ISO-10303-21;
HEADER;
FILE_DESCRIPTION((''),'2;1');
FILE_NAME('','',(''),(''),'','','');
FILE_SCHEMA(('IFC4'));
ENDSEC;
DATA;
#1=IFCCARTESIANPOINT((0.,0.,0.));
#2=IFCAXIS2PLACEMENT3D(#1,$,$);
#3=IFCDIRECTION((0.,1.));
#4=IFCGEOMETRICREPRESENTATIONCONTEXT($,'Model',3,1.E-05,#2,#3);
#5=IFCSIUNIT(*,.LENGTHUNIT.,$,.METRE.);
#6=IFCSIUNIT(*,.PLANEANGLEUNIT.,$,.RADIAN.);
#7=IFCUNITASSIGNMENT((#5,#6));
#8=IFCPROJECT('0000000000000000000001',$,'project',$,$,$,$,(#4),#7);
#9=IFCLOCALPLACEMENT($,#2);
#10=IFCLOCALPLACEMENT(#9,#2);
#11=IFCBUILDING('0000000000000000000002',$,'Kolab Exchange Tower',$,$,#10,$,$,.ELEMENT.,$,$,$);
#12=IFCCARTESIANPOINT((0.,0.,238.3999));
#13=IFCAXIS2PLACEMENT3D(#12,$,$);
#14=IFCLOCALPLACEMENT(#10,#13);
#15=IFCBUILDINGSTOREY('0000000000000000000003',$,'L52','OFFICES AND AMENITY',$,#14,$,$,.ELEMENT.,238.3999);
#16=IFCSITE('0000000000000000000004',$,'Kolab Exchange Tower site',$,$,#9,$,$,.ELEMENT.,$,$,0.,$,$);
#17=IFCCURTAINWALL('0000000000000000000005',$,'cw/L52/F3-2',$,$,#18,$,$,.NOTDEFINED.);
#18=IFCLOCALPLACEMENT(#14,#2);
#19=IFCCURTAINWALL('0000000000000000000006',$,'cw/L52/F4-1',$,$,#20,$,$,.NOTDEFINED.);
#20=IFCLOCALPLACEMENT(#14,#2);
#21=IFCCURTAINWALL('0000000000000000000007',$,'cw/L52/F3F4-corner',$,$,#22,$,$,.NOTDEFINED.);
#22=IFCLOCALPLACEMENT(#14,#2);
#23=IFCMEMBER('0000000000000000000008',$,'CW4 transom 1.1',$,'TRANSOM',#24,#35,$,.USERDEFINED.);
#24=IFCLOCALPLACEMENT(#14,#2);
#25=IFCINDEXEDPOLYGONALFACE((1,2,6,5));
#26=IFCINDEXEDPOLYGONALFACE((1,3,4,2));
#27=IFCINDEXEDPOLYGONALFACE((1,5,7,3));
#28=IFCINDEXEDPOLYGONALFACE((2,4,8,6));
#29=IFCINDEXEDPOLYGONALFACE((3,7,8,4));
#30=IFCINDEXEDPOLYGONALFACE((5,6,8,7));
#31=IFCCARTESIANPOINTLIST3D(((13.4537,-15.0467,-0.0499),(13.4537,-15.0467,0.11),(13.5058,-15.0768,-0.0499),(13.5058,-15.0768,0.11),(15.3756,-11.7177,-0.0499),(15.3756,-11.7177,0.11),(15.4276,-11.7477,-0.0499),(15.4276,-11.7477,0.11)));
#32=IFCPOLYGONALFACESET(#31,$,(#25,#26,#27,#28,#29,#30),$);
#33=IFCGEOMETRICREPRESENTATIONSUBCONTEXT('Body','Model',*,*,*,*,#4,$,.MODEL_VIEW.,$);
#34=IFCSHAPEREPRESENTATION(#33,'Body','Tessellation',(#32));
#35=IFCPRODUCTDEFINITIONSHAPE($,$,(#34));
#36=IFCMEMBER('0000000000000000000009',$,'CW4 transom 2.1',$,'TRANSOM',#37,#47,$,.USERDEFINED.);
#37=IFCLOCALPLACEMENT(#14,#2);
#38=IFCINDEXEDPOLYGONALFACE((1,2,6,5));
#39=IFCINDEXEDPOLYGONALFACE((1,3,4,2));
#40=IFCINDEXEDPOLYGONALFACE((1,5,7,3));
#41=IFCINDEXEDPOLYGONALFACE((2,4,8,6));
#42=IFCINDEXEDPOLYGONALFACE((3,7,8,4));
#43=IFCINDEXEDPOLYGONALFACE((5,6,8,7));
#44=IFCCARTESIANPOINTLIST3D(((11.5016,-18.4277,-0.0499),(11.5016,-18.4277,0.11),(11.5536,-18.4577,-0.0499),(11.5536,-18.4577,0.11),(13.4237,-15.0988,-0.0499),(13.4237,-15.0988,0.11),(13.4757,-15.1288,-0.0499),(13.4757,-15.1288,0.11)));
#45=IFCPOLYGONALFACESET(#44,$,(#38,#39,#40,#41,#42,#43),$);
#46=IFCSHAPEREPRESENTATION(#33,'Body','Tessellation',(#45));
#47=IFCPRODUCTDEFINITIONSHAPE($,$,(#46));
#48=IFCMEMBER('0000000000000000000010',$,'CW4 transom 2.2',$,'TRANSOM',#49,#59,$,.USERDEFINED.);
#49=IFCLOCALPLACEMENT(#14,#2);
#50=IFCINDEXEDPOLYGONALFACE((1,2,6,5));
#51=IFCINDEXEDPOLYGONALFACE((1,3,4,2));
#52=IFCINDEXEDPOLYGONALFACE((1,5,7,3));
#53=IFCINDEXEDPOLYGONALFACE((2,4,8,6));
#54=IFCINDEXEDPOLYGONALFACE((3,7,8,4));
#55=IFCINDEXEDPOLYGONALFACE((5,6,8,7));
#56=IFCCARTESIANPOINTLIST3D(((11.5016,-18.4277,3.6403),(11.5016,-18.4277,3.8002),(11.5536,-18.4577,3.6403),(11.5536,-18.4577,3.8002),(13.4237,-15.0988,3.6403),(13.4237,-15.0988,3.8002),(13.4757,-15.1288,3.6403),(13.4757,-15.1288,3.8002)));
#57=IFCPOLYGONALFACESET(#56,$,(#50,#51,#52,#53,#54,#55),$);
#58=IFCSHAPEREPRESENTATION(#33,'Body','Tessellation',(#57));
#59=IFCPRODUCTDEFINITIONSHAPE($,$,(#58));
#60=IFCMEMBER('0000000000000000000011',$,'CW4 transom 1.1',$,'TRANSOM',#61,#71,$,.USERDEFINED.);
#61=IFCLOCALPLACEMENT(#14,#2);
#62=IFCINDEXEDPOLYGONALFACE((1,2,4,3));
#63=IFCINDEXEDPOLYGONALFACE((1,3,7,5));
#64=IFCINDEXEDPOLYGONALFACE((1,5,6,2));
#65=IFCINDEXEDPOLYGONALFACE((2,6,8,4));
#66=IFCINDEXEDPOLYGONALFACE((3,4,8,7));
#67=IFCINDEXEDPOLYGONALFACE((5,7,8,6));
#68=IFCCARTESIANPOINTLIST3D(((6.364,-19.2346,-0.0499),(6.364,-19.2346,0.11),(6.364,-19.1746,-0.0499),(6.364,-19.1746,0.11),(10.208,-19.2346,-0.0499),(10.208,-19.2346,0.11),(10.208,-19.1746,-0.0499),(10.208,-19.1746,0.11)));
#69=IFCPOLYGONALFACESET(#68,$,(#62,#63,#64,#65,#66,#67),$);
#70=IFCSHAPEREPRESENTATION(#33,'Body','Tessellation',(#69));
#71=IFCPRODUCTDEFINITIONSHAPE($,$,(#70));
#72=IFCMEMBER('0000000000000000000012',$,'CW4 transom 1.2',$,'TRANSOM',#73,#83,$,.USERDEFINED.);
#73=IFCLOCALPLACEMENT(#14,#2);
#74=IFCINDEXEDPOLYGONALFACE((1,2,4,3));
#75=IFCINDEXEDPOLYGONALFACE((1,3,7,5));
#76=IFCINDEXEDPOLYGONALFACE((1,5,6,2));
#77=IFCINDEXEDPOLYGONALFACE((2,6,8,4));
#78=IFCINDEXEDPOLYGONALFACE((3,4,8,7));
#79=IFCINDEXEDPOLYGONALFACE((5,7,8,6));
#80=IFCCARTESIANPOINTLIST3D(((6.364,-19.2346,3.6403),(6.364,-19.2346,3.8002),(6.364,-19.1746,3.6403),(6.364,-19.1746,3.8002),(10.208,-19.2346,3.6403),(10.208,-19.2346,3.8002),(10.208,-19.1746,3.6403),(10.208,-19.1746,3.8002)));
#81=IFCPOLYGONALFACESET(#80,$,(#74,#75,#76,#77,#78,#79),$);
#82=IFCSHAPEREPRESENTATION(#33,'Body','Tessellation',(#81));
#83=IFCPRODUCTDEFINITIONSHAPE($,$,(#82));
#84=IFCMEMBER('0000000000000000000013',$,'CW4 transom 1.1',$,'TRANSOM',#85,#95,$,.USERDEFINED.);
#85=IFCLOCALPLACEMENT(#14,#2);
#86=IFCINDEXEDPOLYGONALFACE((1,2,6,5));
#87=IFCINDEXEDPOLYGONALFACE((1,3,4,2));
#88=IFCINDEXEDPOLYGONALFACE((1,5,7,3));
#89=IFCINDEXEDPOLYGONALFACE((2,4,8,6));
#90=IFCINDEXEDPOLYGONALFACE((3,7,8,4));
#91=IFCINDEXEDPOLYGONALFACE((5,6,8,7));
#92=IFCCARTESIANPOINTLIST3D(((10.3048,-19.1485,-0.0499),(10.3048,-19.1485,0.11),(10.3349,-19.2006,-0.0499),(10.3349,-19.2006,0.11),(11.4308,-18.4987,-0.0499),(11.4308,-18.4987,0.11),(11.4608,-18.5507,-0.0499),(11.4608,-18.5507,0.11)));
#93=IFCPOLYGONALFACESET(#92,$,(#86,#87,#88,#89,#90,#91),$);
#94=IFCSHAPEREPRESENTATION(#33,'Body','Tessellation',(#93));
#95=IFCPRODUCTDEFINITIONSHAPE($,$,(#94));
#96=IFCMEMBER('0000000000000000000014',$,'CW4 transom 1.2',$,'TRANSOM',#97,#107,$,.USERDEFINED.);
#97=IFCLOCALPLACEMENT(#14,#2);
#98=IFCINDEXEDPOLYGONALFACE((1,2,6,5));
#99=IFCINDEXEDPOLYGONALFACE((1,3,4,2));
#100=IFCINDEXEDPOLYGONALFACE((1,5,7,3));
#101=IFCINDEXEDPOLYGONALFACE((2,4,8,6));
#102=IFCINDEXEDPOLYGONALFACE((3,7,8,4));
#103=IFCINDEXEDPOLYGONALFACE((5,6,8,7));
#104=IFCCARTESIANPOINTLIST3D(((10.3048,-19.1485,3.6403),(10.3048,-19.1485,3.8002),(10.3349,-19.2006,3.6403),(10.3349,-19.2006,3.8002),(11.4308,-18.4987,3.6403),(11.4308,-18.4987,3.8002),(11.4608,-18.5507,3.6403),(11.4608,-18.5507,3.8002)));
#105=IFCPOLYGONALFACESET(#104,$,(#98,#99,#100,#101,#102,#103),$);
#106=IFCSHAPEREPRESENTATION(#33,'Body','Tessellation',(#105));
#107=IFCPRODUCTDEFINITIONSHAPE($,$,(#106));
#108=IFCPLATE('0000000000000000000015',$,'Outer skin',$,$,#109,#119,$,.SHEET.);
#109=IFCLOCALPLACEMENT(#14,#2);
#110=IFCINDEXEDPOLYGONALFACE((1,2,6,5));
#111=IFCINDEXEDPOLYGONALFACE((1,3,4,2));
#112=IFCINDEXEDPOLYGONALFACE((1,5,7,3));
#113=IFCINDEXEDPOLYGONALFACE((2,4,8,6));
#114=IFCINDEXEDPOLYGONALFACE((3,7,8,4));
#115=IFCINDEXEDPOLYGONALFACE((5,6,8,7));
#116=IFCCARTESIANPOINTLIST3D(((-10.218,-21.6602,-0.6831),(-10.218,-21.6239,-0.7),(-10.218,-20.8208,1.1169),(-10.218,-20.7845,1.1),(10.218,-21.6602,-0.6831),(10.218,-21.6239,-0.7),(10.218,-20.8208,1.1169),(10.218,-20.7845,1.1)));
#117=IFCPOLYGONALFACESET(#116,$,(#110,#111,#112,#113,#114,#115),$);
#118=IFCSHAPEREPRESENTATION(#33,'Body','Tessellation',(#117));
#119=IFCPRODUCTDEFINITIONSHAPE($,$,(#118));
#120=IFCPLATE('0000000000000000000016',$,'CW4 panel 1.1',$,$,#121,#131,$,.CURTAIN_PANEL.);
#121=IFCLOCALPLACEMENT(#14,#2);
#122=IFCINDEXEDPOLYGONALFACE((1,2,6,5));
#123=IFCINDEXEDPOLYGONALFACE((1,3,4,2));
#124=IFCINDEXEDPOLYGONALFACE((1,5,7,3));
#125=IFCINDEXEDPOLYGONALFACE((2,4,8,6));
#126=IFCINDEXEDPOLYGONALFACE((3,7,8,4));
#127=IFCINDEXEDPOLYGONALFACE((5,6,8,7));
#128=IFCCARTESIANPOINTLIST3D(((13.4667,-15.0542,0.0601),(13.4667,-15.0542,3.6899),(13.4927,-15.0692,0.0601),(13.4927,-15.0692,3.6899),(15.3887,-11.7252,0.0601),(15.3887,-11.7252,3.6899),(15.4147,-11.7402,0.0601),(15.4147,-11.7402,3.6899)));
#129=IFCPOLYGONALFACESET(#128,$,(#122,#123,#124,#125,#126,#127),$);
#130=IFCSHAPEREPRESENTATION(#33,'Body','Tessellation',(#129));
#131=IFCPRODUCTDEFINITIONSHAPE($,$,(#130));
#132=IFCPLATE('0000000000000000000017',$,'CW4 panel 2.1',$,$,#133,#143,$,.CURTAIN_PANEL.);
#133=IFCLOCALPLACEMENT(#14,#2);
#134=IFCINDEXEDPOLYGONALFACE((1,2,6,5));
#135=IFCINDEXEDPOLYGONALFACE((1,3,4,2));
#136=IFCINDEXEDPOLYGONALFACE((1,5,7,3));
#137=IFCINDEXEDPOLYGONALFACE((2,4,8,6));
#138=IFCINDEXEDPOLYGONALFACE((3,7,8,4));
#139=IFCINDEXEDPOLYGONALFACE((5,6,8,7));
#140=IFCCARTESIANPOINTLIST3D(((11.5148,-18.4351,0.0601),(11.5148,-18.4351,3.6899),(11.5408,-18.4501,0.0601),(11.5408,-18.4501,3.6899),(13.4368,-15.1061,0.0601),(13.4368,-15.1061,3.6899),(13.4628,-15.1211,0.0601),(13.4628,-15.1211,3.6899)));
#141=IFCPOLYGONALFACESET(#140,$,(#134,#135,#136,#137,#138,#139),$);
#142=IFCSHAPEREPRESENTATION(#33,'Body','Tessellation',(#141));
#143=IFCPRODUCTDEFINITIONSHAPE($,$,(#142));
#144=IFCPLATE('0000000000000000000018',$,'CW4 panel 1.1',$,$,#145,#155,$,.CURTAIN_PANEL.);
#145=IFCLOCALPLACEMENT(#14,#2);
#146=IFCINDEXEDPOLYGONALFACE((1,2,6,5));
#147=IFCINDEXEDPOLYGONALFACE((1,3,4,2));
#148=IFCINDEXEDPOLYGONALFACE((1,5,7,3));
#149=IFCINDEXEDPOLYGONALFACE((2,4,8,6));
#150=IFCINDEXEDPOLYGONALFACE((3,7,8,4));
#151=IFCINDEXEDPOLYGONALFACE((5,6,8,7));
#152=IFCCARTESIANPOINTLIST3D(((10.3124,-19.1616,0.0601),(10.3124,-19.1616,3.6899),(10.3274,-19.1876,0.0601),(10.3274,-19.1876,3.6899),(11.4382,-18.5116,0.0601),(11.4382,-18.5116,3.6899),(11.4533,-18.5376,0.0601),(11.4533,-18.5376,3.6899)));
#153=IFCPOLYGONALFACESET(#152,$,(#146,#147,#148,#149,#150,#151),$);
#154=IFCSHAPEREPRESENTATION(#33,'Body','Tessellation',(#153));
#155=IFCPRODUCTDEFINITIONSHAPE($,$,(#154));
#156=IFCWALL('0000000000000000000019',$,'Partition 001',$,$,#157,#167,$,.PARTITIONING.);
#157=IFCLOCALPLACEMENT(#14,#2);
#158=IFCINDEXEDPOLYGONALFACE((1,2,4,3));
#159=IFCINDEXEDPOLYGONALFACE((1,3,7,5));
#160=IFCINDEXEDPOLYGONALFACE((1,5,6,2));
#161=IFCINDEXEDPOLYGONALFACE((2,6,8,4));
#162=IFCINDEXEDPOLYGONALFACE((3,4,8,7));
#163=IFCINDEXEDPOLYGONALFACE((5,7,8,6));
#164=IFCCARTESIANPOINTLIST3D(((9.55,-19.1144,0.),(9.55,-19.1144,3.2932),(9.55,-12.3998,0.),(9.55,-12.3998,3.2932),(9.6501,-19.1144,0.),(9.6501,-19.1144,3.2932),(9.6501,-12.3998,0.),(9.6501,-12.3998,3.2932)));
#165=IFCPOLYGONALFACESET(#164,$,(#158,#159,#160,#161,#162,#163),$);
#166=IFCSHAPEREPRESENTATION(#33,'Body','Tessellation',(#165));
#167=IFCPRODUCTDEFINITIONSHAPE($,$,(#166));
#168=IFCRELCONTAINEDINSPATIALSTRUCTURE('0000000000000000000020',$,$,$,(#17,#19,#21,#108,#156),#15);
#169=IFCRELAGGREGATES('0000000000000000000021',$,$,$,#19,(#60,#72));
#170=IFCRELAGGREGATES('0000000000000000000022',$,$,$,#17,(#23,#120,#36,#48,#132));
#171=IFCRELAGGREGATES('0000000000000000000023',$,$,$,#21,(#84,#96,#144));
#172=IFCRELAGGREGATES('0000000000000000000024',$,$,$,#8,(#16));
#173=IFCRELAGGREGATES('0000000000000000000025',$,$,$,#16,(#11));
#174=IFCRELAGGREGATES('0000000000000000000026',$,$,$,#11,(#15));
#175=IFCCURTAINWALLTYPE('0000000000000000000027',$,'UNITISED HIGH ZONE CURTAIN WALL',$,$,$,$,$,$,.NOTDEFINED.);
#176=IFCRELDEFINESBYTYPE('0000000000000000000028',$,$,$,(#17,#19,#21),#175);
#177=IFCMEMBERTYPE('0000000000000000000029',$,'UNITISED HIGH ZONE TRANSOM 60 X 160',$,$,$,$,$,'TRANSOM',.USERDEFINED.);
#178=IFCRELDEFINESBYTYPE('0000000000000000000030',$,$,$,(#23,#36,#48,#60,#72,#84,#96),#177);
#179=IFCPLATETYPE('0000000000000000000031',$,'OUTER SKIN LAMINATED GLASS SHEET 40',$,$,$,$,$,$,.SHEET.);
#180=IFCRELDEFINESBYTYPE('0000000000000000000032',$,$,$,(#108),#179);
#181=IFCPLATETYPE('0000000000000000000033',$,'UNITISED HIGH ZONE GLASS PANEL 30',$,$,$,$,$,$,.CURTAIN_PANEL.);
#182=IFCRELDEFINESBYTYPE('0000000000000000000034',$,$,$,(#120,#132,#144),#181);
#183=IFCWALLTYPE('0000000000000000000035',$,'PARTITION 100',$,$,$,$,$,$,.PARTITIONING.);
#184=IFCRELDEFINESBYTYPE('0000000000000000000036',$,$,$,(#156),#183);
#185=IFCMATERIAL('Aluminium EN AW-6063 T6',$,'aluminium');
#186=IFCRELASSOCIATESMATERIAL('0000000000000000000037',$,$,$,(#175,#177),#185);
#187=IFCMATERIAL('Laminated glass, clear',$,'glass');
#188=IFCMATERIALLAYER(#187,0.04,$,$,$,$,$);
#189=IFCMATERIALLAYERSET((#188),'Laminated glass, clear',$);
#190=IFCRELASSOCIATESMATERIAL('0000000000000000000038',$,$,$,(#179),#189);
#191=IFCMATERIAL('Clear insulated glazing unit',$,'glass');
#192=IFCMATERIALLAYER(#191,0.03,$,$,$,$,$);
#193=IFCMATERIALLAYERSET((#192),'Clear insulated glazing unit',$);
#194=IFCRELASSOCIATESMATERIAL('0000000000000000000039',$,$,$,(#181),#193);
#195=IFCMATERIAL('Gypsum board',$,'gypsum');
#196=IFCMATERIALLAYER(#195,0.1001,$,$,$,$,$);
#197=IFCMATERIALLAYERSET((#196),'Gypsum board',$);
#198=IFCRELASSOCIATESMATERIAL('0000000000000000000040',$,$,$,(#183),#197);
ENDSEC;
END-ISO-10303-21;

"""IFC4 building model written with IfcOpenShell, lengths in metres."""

from ifc_helpers import new_model, si_unit, direction, frame, frame_2d, origin, origin_2d, place, context, subcontext, project, spatial, polyline, rectangle, outline, extrude, material, layer, layer_set, material_profile, profile_set, type_object, element, aggregate, save


model = new_model("IFC4")

# Units and contexts
model_context = context("Model", 3, precision=1e-05, world=origin(), true_north=direction((0.0, 1.0)))
body_context = subcontext(model_context, "Body", "Model", "MODEL_VIEW")
ifc_project = project(units=[si_unit("LENGTHUNIT", "METRE"), si_unit("PLANEANGLEUNIT", "RADIAN")], contexts=[model_context])

# Site, building, storey
site_placement = place(None, origin())
site = spatial("IfcSite", under=ifc_project, at=site_placement, Name="Kolab Exchange Tower site", CompositionType="ELEMENT", RefElevation=0.0)
building_placement = place(site_placement, origin())
building = spatial("IfcBuilding", under=site, at=building_placement, Name="Kolab Exchange Tower", CompositionType="ELEMENT")
storey_placement = place(building_placement, frame((0.0, 0.0, 238.3999)))
storey = spatial("IfcBuildingStorey", under=building, at=storey_placement, Name="L52", Description="OFFICES AND AMENITY", CompositionType="ELEMENT", Elevation=238.3999)

# Curtain wall
ifc_material_1 = material(Name="Aluminium EN AW-6063 T6", Category="aluminium")
curtain_wall_type = type_object("IfcCurtainWallType", Name="UNITISED HIGH ZONE CURTAIN WALL", PredefinedType="NOTDEFINED", material=ifc_material_1)
curtain_wall_1_placement = place(storey_placement, origin())
curtain_wall_1 = element("IfcCurtainWall", 1, at=curtain_wall_1_placement, inside=storey, type_object=curtain_wall_type, Name="cw/L52/F3-2", PredefinedType="NOTDEFINED")

# Curtain wall
curtain_wall_2_placement = place(storey_placement, origin())
curtain_wall_2 = element("IfcCurtainWall", 2, at=curtain_wall_2_placement, inside=storey, type_object=curtain_wall_type, Name="cw/L52/F4-1", PredefinedType="NOTDEFINED")

# Curtain wall
curtain_wall_3_placement = place(storey_placement, origin())
curtain_wall_3 = element("IfcCurtainWall", 3, at=curtain_wall_3_placement, inside=storey, type_object=curtain_wall_type, Name="cw/L52/F3F4-corner", PredefinedType="NOTDEFINED")

# Members
ifc_material_profile_1 = material_profile(ifc_material_1, rectangle(XDim=0.0601, YDim=0.1599, at=origin_2d()), Name="RECT 60X160")
ifc_profile_set_1 = profile_set([ifc_material_profile_1], Name="Aluminium EN AW-6063 T6")
member_type_1 = type_object("IfcMemberType", Name="UNITISED HIGH ZONE TRANSOM 60 X 160", ElementType="TRANSOM", PredefinedType="USERDEFINED", material=ifc_profile_set_1)
member_1_placement = place(storey_placement, frame((15.4016, -11.7327, 0.03), z_axis=(-0.499964, -0.866046, 0.0), x_axis=(0.866046, -0.499964, 0.0)))
member_1 = element("IfcMember", 4, at=member_1_placement, type_object=member_type_1, Name="CW4 transom 1.1", ObjectType="TRANSOM", PredefinedType="USERDEFINED", context=body_context, shape_type="SweptSolid", body=[
    extrude(rectangle(XDim=0.0601, YDim=0.1599, at=origin_2d()), origin(), (0.0, 0.0, 1.0), 3.844),
])
member_2_placement = place(storey_placement, frame((13.4497, -15.1138, 0.03), z_axis=(-0.500039, -0.866003, 0.0), x_axis=(0.866003, -0.500039, 0.0)))
member_2 = element("IfcMember", 5, at=member_2_placement, type_object=member_type_1, Name="CW4 transom 2.1", ObjectType="TRANSOM", PredefinedType="USERDEFINED", context=body_context, shape_type="SweptSolid", body=[
    extrude(rectangle(XDim=0.0601, YDim=0.1599, at=origin_2d()), origin(), (0.0, 0.0, 1.0), 3.844),
])
member_3_placement = place(storey_placement, frame((13.4497, -15.1138, 3.7202), z_axis=(-0.500039, -0.866003, 0.0), x_axis=(0.866003, -0.500039, 0.0)))
member_3 = element("IfcMember", 6, at=member_3_placement, type_object=member_type_1, Name="CW4 transom 2.2", ObjectType="TRANSOM", PredefinedType="USERDEFINED", context=body_context, shape_type="SweptSolid", body=[
    extrude(rectangle(XDim=0.0601, YDim=0.1599, at=origin_2d()), origin(), (0.0, 0.0, 1.0), 3.844),
])
member_4_placement = place(storey_placement, frame((10.208, -19.2046, 0.03), z_axis=(-1.0, 0.0, 0.0), x_axis=(0.0, -1.0, 0.0)))
member_4 = element("IfcMember", 7, at=member_4_placement, type_object=member_type_1, Name="CW4 transom 1.1", ObjectType="TRANSOM", PredefinedType="USERDEFINED", context=body_context, shape_type="SweptSolid", body=[
    extrude(rectangle(XDim=0.0601, YDim=0.1599, at=origin_2d()), origin(), (0.0, 0.0, 1.0), 3.844),
])
member_5_placement = place(storey_placement, frame((10.208, -19.2046, 3.7202), z_axis=(-1.0, 0.0, 0.0), x_axis=(0.0, -1.0, 0.0)))
member_5 = element("IfcMember", 8, at=member_5_placement, type_object=member_type_1, Name="CW4 transom 1.2", ObjectType="TRANSOM", PredefinedType="USERDEFINED", context=body_context, shape_type="SweptSolid", body=[
    extrude(rectangle(XDim=0.0601, YDim=0.1599, at=origin_2d()), origin(), (0.0, 0.0, 1.0), 3.844),
])
aggregate(curtain_wall_2, [member_4, member_5])
member_6_placement = place(storey_placement, frame((11.4458, -18.5247, 0.03), z_axis=(-0.866086, -0.499896, 0.0), x_axis=(0.499896, -0.866086, 0.0)))
member_6 = element("IfcMember", 9, at=member_6_placement, type_object=member_type_1, Name="CW4 transom 1.1", ObjectType="TRANSOM", PredefinedType="USERDEFINED", context=body_context, shape_type="SweptSolid", body=[
    extrude(rectangle(XDim=0.0601, YDim=0.1599, at=origin_2d()), origin(), (0.0, 0.0, 1.0), 1.3),
])
member_7_placement = place(storey_placement, frame((11.4458, -18.5247, 3.7202), z_axis=(-0.866086, -0.499896, 0.0), x_axis=(0.499896, -0.866086, 0.0)))
member_7 = element("IfcMember", 10, at=member_7_placement, type_object=member_type_1, Name="CW4 transom 1.2", ObjectType="TRANSOM", PredefinedType="USERDEFINED", context=body_context, shape_type="SweptSolid", body=[
    extrude(rectangle(XDim=0.0601, YDim=0.1599, at=origin_2d()), origin(), (0.0, 0.0, 1.0), 1.3),
])

# Plates
ifc_material_2 = material(Name="Laminated glass, clear", Category="glass")
ifc_layer_1 = layer(ifc_material_2, 0.04)
ifc_layer_set_1 = layer_set([ifc_layer_1], Name="Laminated glass, clear")
plate_type_1 = type_object("IfcPlateType", Name="OUTER SKIN LAMINATED GLASS SHEET 40", PredefinedType="SHEET", material=ifc_layer_set_1)
plate_1_placement = place(storey_placement, frame((10.218, -21.6602, -0.6831), z_axis=(0.0, -0.906312, 0.42261), x_axis=(-1.0, 0.0, 0.0)))
element("IfcPlate", 11, at=plate_1_placement, inside=storey, type_object=plate_type_1, Name="Outer skin", PredefinedType="SHEET", context=body_context, shape_type="SweptSolid", body=[
    extrude(outline(polyline([(0.0, 0.0), (20.436, 0.0), (20.436, -1.9861), (0.0, -1.9861), (0.0, 0.0)])), origin(), (0.0, 0.0, -1.0), 0.04),
])
ifc_material_3 = material(Name="Clear insulated glazing unit", Category="glass")
ifc_layer_2 = layer(ifc_material_3, 0.03)
ifc_layer_set_2 = layer_set([ifc_layer_2], Name="Clear insulated glazing unit")
plate_type_2 = type_object("IfcPlateType", Name="UNITISED HIGH ZONE GLASS PANEL 30", PredefinedType="CURTAIN_PANEL", material=ifc_layer_set_2)
plate_2_placement = place(storey_placement, frame((14.4407, -13.3972, 0.0601), z_axis=(0.0, 0.0, 1.0), x_axis=(-0.5, -0.866025, 0.0)))
plate_2 = element("IfcPlate", 12, at=plate_2_placement, type_object=plate_type_2, Name="CW4 panel 1.1", PredefinedType="CURTAIN_PANEL", context=body_context, shape_type="SweptSolid", body=[
    extrude(rectangle(XDim=3.844, YDim=0.03, at=origin_2d()), origin(), (0.0, 0.0, 1.0), 3.6299),
])
plate_3_placement = place(storey_placement, frame((12.4888, -16.7781, 0.0601), z_axis=(0.0, 0.0, 1.0), x_axis=(-0.5, -0.866025, 0.0)))
plate_3 = element("IfcPlate", 13, at=plate_3_placement, type_object=plate_type_2, Name="CW4 panel 2.1", PredefinedType="CURTAIN_PANEL", context=body_context, shape_type="SweptSolid", body=[
    extrude(rectangle(XDim=3.844, YDim=0.03, at=origin_2d()), origin(), (0.0, 0.0, 1.0), 3.6299),
])
aggregate(curtain_wall_1, [member_1, plate_2, member_2, member_3, plate_3])
plate_4_placement = place(storey_placement, frame((10.8828, -18.8496, 0.0601), z_axis=(0.0, 0.0, 1.0), x_axis=(-0.866025, -0.5, 0.0)))
plate_4 = element("IfcPlate", 14, at=plate_4_placement, type_object=plate_type_2, Name="CW4 panel 1.1", PredefinedType="CURTAIN_PANEL", context=body_context, shape_type="SweptSolid", body=[
    extrude(rectangle(XDim=1.3, YDim=0.03, at=origin_2d()), origin(), (0.0, 0.0, 1.0), 3.6299),
])
aggregate(curtain_wall_3, [member_6, member_7, plate_4])

# Wall
ifc_material_4 = material(Name="Gypsum board", Category="gypsum")
ifc_layer_3 = layer(ifc_material_4, 0.1001)
ifc_layer_set_3 = layer_set([ifc_layer_3], Name="Gypsum board")
wall_type = type_object("IfcWallType", Name="PARTITION 100", PredefinedType="PARTITIONING", material=ifc_layer_set_3)
wall_placement = place(storey_placement, frame((9.6001, -19.1145, 0.0), z_axis=(0.0, 0.0, 1.0), x_axis=(0.0, 1.0, 0.0)))
element("IfcWall", 15, at=wall_placement, inside=storey, type_object=wall_type, Name="Partition 001", PredefinedType="PARTITIONING", context=body_context, shape_type="SweptSolid", body=[
    extrude(rectangle(XDim=6.7146, YDim=0.1001, at=frame_2d((3.3574, 0.0))), origin(), (0.0, 0.0, 1.0), 3.2932),
])

save(model, "model.ifc")
